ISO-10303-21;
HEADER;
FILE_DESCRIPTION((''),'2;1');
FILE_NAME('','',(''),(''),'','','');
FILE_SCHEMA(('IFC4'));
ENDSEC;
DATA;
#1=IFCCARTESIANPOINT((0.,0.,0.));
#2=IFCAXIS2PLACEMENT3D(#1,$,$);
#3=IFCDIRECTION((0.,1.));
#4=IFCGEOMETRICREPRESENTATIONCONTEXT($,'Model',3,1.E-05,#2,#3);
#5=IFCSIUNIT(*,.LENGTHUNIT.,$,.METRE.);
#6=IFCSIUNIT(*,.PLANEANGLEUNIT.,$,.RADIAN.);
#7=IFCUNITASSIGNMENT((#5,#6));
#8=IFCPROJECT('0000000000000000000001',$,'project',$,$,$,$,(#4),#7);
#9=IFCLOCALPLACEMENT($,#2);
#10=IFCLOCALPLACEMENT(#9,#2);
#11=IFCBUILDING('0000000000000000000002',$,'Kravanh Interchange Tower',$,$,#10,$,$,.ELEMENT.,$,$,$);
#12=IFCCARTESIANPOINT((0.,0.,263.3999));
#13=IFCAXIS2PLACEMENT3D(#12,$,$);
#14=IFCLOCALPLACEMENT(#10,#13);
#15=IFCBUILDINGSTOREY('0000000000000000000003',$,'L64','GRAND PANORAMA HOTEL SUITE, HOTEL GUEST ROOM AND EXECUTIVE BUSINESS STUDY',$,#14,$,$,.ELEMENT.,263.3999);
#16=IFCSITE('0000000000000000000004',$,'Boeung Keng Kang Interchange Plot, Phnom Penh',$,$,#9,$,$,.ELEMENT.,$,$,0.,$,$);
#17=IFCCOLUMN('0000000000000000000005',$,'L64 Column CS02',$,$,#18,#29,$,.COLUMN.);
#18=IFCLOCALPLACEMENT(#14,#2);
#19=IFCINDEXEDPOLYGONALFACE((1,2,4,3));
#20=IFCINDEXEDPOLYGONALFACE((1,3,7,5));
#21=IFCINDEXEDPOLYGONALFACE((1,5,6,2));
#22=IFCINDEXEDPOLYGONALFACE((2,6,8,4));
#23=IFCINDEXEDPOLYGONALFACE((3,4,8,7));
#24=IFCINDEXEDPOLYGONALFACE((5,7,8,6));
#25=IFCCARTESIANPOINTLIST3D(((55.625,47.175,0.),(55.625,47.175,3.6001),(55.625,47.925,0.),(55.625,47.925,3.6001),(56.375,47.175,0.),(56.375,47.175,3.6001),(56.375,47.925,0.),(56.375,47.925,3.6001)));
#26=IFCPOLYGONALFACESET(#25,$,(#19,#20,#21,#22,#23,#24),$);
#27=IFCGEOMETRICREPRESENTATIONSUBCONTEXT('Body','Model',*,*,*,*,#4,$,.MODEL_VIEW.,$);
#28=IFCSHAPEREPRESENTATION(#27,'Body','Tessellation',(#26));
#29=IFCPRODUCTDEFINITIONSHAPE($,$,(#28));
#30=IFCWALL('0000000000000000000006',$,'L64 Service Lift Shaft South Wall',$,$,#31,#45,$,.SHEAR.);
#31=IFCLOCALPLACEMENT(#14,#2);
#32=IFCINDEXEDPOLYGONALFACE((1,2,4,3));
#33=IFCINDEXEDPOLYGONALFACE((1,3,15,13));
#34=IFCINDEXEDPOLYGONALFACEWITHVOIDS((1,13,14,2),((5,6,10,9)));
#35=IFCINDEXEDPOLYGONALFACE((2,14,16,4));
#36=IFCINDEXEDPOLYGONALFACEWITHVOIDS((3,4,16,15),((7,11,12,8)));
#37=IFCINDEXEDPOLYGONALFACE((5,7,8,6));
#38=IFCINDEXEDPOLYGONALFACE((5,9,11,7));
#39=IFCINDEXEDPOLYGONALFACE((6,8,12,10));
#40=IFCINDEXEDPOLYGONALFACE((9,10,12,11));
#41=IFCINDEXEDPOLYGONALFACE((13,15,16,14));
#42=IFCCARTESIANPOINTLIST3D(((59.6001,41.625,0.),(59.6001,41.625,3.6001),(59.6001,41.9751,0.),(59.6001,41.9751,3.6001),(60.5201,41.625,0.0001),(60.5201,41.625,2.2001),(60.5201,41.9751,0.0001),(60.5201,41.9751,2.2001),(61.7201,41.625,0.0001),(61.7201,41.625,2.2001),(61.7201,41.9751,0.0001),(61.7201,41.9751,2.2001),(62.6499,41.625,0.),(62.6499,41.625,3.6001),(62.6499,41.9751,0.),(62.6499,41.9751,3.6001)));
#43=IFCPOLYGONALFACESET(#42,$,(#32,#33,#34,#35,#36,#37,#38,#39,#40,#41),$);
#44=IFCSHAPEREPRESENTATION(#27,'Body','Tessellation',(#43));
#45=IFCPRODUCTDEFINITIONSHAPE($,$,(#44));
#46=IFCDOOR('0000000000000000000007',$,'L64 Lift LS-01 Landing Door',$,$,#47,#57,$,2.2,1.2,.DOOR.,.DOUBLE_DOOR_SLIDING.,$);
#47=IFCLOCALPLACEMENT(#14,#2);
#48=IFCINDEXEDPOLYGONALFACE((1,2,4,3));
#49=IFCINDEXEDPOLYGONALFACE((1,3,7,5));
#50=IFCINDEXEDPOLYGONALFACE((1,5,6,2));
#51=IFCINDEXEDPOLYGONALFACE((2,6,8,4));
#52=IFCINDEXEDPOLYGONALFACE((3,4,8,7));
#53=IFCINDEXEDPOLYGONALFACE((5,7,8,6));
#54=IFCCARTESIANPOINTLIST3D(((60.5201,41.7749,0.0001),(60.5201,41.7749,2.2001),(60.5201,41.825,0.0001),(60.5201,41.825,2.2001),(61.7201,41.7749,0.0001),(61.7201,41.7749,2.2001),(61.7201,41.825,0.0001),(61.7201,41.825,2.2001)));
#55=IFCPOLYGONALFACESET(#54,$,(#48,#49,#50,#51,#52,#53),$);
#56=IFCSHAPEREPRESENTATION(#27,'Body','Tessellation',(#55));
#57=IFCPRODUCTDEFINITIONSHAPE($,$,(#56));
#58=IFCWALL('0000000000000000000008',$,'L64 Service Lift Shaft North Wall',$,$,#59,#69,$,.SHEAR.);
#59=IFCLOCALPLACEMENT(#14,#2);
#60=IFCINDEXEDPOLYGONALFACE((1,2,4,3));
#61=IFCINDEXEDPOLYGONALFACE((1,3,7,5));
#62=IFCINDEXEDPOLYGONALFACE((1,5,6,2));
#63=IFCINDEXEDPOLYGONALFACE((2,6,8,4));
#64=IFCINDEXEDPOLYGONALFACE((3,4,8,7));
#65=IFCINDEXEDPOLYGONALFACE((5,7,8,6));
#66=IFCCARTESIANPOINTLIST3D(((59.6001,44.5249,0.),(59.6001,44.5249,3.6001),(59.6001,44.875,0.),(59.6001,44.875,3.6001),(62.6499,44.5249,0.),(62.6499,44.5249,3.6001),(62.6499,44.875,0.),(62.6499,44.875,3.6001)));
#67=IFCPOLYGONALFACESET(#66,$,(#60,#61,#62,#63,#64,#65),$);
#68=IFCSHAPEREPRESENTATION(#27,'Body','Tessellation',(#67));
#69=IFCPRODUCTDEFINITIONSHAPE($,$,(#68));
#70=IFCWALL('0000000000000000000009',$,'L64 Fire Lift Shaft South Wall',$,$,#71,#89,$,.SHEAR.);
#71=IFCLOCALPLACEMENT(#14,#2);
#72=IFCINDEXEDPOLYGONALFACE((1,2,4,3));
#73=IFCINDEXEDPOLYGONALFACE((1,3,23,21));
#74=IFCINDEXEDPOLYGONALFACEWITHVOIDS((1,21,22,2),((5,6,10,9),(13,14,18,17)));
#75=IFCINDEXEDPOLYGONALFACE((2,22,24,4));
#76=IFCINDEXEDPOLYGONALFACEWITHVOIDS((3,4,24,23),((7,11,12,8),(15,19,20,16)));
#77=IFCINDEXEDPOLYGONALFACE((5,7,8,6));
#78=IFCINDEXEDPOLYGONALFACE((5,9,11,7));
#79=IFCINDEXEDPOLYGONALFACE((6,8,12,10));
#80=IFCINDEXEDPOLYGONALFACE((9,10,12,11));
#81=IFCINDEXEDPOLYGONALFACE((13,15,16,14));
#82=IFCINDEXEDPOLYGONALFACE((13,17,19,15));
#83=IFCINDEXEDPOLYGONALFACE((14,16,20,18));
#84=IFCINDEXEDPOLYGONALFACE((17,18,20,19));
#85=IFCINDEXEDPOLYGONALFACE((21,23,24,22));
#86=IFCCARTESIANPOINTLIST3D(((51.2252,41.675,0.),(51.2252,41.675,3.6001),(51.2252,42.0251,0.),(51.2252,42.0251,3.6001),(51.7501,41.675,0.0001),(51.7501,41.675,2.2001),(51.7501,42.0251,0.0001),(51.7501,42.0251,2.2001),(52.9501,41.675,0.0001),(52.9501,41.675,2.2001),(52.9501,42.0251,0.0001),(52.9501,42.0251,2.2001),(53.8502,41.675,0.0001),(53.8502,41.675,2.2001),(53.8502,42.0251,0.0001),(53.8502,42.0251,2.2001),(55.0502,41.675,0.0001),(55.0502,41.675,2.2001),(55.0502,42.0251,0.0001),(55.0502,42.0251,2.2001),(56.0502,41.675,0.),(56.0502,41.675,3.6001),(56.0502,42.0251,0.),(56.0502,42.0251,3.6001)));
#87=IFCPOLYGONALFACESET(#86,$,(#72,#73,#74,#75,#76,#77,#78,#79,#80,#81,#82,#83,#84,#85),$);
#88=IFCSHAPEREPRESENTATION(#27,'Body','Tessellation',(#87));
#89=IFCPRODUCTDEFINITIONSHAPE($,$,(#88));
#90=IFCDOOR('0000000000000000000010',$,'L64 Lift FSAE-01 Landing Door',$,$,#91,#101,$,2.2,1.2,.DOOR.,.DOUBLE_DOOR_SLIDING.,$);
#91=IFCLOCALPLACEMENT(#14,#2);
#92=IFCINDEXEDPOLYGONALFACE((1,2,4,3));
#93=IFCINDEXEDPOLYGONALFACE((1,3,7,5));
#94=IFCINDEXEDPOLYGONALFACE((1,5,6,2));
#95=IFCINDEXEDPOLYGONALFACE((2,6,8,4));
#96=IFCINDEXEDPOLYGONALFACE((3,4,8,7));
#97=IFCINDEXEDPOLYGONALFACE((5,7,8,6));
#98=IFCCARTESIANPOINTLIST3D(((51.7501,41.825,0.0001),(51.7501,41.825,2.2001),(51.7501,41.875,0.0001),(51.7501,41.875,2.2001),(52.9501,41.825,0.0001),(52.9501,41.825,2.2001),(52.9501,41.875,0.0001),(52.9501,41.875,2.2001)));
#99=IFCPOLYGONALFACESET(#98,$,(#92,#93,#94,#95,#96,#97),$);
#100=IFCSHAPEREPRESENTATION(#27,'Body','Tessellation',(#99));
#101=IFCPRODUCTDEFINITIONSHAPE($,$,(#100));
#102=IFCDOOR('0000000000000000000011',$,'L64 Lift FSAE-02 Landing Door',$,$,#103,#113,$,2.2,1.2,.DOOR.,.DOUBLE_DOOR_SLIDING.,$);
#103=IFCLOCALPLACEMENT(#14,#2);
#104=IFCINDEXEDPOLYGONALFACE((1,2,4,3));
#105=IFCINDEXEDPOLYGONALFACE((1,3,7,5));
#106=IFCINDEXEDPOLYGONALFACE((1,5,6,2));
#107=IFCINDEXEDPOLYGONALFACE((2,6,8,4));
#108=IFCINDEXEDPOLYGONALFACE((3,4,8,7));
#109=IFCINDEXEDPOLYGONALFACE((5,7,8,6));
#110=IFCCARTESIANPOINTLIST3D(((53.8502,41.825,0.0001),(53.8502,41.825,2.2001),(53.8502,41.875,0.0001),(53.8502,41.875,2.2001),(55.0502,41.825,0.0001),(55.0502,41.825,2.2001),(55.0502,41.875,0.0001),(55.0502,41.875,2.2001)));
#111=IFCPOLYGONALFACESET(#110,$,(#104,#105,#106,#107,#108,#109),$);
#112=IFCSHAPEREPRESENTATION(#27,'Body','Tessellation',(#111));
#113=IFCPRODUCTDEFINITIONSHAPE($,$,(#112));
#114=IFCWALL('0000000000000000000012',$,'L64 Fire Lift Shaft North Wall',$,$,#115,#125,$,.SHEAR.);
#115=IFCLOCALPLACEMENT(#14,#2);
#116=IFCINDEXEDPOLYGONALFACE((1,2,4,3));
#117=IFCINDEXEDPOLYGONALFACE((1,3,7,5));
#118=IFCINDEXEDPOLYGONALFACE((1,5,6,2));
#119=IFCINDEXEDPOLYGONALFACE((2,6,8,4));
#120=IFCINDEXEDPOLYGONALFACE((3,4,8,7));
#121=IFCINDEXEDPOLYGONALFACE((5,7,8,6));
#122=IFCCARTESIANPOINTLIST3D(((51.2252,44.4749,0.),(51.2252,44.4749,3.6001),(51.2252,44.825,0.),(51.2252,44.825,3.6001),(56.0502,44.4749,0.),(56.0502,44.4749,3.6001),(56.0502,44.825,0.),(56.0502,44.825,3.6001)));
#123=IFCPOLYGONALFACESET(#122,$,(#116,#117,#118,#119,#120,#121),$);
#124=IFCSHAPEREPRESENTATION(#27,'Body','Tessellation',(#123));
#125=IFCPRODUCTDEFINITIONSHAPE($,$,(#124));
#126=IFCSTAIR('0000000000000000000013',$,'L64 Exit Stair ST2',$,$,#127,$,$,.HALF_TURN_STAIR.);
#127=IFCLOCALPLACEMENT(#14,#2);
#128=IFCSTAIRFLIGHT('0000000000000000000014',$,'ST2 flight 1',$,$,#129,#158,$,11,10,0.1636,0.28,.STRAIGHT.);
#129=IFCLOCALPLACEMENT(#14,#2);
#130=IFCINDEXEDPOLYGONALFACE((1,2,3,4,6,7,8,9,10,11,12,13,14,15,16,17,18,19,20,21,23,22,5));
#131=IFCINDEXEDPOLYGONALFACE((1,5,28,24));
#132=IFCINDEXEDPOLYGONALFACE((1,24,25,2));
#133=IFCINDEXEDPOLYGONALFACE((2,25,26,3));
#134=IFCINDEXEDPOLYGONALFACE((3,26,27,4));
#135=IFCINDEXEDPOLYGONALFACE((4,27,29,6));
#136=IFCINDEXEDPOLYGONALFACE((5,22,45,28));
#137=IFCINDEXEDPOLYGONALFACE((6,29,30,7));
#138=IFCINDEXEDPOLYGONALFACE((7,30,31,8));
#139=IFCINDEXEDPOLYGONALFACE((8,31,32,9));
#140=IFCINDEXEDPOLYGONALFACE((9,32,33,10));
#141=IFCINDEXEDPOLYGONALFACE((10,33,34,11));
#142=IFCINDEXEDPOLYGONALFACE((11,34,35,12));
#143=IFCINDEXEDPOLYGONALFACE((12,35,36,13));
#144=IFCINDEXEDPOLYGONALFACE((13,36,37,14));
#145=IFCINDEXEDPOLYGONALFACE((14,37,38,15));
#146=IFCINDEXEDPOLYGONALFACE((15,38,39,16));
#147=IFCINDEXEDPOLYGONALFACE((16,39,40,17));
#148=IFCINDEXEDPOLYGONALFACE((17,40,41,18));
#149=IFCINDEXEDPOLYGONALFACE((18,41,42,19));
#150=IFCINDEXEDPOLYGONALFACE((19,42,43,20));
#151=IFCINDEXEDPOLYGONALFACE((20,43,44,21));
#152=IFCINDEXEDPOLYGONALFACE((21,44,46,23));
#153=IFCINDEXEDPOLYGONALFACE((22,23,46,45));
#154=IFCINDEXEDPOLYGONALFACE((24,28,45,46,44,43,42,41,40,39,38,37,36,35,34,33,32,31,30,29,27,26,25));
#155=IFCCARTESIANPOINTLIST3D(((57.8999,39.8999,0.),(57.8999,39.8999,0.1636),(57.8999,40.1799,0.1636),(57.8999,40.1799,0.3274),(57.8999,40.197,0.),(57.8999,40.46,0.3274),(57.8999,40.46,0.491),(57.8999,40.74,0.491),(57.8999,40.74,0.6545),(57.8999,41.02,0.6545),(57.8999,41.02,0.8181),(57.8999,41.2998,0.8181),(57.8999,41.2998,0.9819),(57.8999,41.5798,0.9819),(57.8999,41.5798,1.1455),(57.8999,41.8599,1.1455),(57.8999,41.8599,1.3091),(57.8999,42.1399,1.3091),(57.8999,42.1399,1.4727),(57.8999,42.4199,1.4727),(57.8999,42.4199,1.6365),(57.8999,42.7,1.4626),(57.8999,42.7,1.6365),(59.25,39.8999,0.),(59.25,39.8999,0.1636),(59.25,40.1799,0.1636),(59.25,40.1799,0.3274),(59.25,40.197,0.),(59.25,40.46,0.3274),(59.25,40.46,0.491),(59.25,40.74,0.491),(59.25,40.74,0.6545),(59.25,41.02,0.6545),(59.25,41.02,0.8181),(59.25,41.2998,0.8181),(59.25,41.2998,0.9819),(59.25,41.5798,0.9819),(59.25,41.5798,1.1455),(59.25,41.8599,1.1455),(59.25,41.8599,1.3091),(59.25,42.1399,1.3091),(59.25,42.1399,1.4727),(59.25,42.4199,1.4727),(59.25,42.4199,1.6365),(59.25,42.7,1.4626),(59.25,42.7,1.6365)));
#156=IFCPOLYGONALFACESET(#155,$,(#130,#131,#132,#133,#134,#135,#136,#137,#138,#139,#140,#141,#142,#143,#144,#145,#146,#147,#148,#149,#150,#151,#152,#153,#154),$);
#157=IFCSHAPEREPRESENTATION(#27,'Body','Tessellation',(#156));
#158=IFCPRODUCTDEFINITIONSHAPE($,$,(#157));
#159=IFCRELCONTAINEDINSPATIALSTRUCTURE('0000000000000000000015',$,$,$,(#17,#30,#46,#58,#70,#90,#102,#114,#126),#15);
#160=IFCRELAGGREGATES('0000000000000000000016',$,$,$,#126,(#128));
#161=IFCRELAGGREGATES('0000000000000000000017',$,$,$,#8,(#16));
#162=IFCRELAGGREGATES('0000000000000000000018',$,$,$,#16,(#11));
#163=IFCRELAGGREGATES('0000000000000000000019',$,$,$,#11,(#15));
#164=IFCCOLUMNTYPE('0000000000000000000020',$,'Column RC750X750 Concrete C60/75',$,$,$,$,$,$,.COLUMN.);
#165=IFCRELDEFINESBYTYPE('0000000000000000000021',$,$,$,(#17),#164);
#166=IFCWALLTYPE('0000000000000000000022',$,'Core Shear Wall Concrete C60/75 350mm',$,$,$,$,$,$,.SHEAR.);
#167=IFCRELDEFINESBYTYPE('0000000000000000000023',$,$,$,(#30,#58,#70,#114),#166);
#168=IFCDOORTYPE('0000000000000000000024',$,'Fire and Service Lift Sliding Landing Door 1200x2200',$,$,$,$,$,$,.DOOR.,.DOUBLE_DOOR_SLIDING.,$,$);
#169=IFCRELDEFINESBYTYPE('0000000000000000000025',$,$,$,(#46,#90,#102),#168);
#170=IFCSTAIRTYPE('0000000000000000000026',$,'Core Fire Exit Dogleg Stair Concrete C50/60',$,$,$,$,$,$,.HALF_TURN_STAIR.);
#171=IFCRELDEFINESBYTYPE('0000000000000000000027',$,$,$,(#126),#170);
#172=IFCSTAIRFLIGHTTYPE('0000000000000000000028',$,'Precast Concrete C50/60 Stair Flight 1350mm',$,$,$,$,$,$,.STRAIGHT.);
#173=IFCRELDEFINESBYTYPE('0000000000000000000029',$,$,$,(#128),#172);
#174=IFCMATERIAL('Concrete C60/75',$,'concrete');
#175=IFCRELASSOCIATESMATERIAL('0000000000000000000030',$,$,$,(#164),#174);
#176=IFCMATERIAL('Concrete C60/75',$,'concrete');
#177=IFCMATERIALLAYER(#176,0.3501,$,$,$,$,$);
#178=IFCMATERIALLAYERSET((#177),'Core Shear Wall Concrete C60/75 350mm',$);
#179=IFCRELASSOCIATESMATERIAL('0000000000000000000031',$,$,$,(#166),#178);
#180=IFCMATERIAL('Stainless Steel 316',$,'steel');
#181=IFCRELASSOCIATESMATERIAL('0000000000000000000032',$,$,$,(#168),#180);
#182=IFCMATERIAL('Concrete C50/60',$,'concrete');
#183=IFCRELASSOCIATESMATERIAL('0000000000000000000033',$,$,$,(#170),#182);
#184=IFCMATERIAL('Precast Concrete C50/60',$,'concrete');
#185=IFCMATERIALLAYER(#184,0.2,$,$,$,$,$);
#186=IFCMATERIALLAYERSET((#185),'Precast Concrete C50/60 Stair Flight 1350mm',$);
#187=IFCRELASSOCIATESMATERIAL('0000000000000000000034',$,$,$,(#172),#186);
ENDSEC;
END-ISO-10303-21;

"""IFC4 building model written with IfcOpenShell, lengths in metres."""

from ifc_helpers import new_model, si_unit, direction, frame, frame_2d, origin, origin_2d, place, context, subcontext, project, spatial, polyline, rectangle, outline, extrude, material, layer, layer_set, material_profile, profile_set, type_object, element, fill, aggregate, save


model = new_model("IFC4")

# Units and contexts
model_context = context("Model", 3, precision=1e-05, world=origin(), true_north=direction((0.0, 1.0)))
body_context = subcontext(model_context, "Body", "Model", "MODEL_VIEW")
ifc_project = project(units=[si_unit("LENGTHUNIT", "METRE"), si_unit("PLANEANGLEUNIT", "RADIAN")], contexts=[model_context])

# Site, building, storey
site_placement = place(None, origin())
site = spatial("IfcSite", under=ifc_project, at=site_placement, Name="Boeung Keng Kang Interchange Plot, Phnom Penh", CompositionType="ELEMENT", RefElevation=0.0)
building_placement = place(site_placement, origin())
building = spatial("IfcBuilding", under=site, at=building_placement, Name="Kravanh Interchange Tower", CompositionType="ELEMENT")
storey_placement = place(building_placement, frame((0.0, 0.0, 263.3999)))
storey = spatial("IfcBuildingStorey", under=building, at=storey_placement, Name="L64", Description="GRAND PANORAMA HOTEL SUITE, HOTEL GUEST ROOM AND EXECUTIVE BUSINESS STUDY", CompositionType="ELEMENT", Elevation=263.3999)

# Column
ifc_material_1 = material(Name="Concrete C60/75", Category="concrete")
ifc_material_profile = material_profile(ifc_material_1, rectangle(XDim=0.75, YDim=0.75, at=origin_2d()), Name="RC750X750")
ifc_profile_set = profile_set([ifc_material_profile], Name="Concrete C60/75")
column_type = type_object("IfcColumnType", Name="Column RC750X750 Concrete C60/75", PredefinedType="COLUMN", material=ifc_profile_set)
column_placement = place(storey_placement, frame((56.0, 47.55, 0.0), z_axis=(0.0, 0.0, 1.0), x_axis=(1.0, 0.0, 0.0)))
element("IfcColumn", 1, at=column_placement, inside=storey, type_object=column_type, Name="L64 Column CS02", PredefinedType="COLUMN", context=body_context, shape_type="SweptSolid", body=[
    extrude(rectangle(XDim=0.75, YDim=0.75, at=origin_2d()), origin(), (0.0, 0.0, 1.0), 3.6001),
])

# Wall, opening, door
ifc_material_2 = material(Name="Concrete C60/75", Category="concrete")
ifc_layer_1 = layer(ifc_material_2, 0.3501)
ifc_layer_set_1 = layer_set([ifc_layer_1], Name="Core Shear Wall Concrete C60/75 350mm")
wall_type = type_object("IfcWallType", Name="Core Shear Wall Concrete C60/75 350mm", PredefinedType="SHEAR", material=ifc_layer_set_1)
wall_1_placement = place(storey_placement, frame((59.6001, 41.8, 0.0), z_axis=(0.0, 0.0, 1.0), x_axis=(1.0, 0.0, 0.0)))
wall_1 = element("IfcWall", 2, at=wall_1_placement, inside=storey, type_object=wall_type, Name="L64 Service Lift Shaft South Wall", PredefinedType="SHEAR", context=body_context, shape_type="SweptSolid", body=[
    extrude(rectangle(XDim=3.0498, YDim=0.3501, at=frame_2d((1.5249, 0.0))), origin(), (0.0, 0.0, 1.0), 3.6001),
])
opening_1_placement = place(wall_1_placement, frame((0.9199, 0.0, 0.0)))
opening_1 = element("IfcOpeningElement", 3, at=opening_1_placement, cuts=wall_1, PredefinedType="OPENING", context=body_context, shape_type="SweptSolid", body=[
    extrude(rectangle(XDim=1.2, YDim=2.2, at=frame_2d((0.6001, 1.1001))), frame((0.0, 0.1851, 0.0), z_axis=(0.0, -1.0, 0.0), x_axis=(1.0, 0.0, 0.0)), (0.0, 0.0, 1.0), 0.3701),
])
ifc_material_3 = material(Name="Stainless Steel 316", Category="steel")
door_type = type_object("IfcDoorType", Name="Fire and Service Lift Sliding Landing Door 1200x2200", OperationType="DOUBLE_DOOR_SLIDING", PredefinedType="DOOR", material=ifc_material_3)
door_1_placement = place(opening_1_placement, origin())
door_1 = element("IfcDoor", 4, at=door_1_placement, inside=storey, type_object=door_type, Name="L64 Lift LS-01 Landing Door", OperationType="DOUBLE_DOOR_SLIDING", OverallHeight=2.2, OverallWidth=1.2, PredefinedType="DOOR", context=body_context, shape_type="SweptSolid", body=[
    extrude(rectangle(XDim=1.2, YDim=2.2, at=frame_2d((0.6001, 1.1001))), frame((0.0, 0.0249, 0.0), z_axis=(0.0, -1.0, 0.0), x_axis=(1.0, 0.0, 0.0)), (0.0, 0.0, 1.0), 0.05),
])
fill(opening_1, door_1)

# Wall
wall_2_placement = place(storey_placement, frame((59.6001, 44.7, 0.0), z_axis=(0.0, 0.0, 1.0), x_axis=(1.0, 0.0, 0.0)))
element("IfcWall", 5, at=wall_2_placement, inside=storey, type_object=wall_type, Name="L64 Service Lift Shaft North Wall", PredefinedType="SHEAR", context=body_context, shape_type="SweptSolid", body=[
    extrude(rectangle(XDim=3.0498, YDim=0.3501, at=frame_2d((1.5249, 0.0))), origin(), (0.0, 0.0, 1.0), 3.6001),
])

# Wall, openings, doors
wall_3_placement = place(storey_placement, frame((51.2251, 41.8501, 0.0), z_axis=(0.0, 0.0, 1.0), x_axis=(1.0, 0.0, 0.0)))
wall_3 = element("IfcWall", 6, at=wall_3_placement, inside=storey, type_object=wall_type, Name="L64 Fire Lift Shaft South Wall", PredefinedType="SHEAR", context=body_context, shape_type="SweptSolid", body=[
    extrude(rectangle(XDim=4.825, YDim=0.3501, at=frame_2d((2.4126, 0.0))), origin(), (0.0, 0.0, 1.0), 3.6001),
])
opening_2_placement = place(wall_3_placement, frame((0.5249, 0.0, 0.0)))
opening_2 = element("IfcOpeningElement", 7, at=opening_2_placement, cuts=wall_3, PredefinedType="OPENING", context=body_context, shape_type="SweptSolid", body=[
    extrude(rectangle(XDim=1.2, YDim=2.2, at=frame_2d((0.6001, 1.1001))), frame((0.0, 0.1851, 0.0), z_axis=(0.0, -1.0, 0.0), x_axis=(1.0, 0.0, 0.0)), (0.0, 0.0, 1.0), 0.3701),
])
opening_3_placement = place(wall_3_placement, frame((2.625, 0.0, 0.0)))
opening_3 = element("IfcOpeningElement", 8, at=opening_3_placement, cuts=wall_3, PredefinedType="OPENING", context=body_context, shape_type="SweptSolid", body=[
    extrude(rectangle(XDim=1.2, YDim=2.2, at=frame_2d((0.6001, 1.1001))), frame((0.0, 0.1851, 0.0), z_axis=(0.0, -1.0, 0.0), x_axis=(1.0, 0.0, 0.0)), (0.0, 0.0, 1.0), 0.3701),
])
door_2_placement = place(opening_2_placement, origin())
door_2 = element("IfcDoor", 9, at=door_2_placement, inside=storey, type_object=door_type, Name="L64 Lift FSAE-01 Landing Door", OperationType="DOUBLE_DOOR_SLIDING", OverallHeight=2.2, OverallWidth=1.2, PredefinedType="DOOR", context=body_context, shape_type="SweptSolid", body=[
    extrude(rectangle(XDim=1.2, YDim=2.2, at=frame_2d((0.6001, 1.1001))), frame((0.0, 0.0249, 0.0), z_axis=(0.0, -1.0, 0.0), x_axis=(1.0, 0.0, 0.0)), (0.0, 0.0, 1.0), 0.05),
])
fill(opening_2, door_2)
door_3_placement = place(opening_3_placement, origin())
door_3 = element("IfcDoor", 10, at=door_3_placement, inside=storey, type_object=door_type, Name="L64 Lift FSAE-02 Landing Door", OperationType="DOUBLE_DOOR_SLIDING", OverallHeight=2.2, OverallWidth=1.2, PredefinedType="DOOR", context=body_context, shape_type="SweptSolid", body=[
    extrude(rectangle(XDim=1.2, YDim=2.2, at=frame_2d((0.6001, 1.1001))), frame((0.0, 0.0249, 0.0), z_axis=(0.0, -1.0, 0.0), x_axis=(1.0, 0.0, 0.0)), (0.0, 0.0, 1.0), 0.05),
])
fill(opening_3, door_3)

# Wall
wall_4_placement = place(storey_placement, frame((51.2251, 44.6499, 0.0), z_axis=(0.0, 0.0, 1.0), x_axis=(1.0, 0.0, 0.0)))
element("IfcWall", 11, at=wall_4_placement, inside=storey, type_object=wall_type, Name="L64 Fire Lift Shaft North Wall", PredefinedType="SHEAR", context=body_context, shape_type="SweptSolid", body=[
    extrude(rectangle(XDim=4.825, YDim=0.3501, at=frame_2d((2.4126, 0.0))), origin(), (0.0, 0.0, 1.0), 3.6001),
])

# Stair, stair flight
ifc_material_4 = material(Name="Concrete C50/60", Category="concrete")
stair_type = type_object("IfcStairType", Name="Core Fire Exit Dogleg Stair Concrete C50/60", PredefinedType="HALF_TURN_STAIR", material=ifc_material_4)
stair_placement = place(storey_placement, origin())
stair = element("IfcStair", 12, at=stair_placement, inside=storey, type_object=stair_type, Name="L64 Exit Stair ST2", PredefinedType="HALF_TURN_STAIR")
ifc_material_5 = material(Name="Precast Concrete C50/60", Category="concrete")
ifc_layer_2 = layer(ifc_material_5, 0.2)
ifc_layer_set_2 = layer_set([ifc_layer_2], Name="Precast Concrete C50/60 Stair Flight 1350mm")
stair_flight_type = type_object("IfcStairFlightType", Name="Precast Concrete C50/60 Stair Flight 1350mm", PredefinedType="STRAIGHT", material=ifc_layer_set_2)
stair_flight_1_placement = place(storey_placement, frame((58.575, 39.8999, 0.0), z_axis=(0.0, 0.0, 1.0), x_axis=(0.0, 1.0, 0.0)))
stair_flight_1 = element("IfcStairFlight", 13, at=stair_flight_1_placement, type_object=stair_flight_type, Name="ST2 flight 1", NumberOfRisers=11, NumberOfTreads=10, PredefinedType="STRAIGHT", RiserHeight=0.1636, TreadLength=0.28, context=body_context, shape_type="SweptSolid", body=[
    extrude(outline(polyline([(0.0, 0.0), (0.0, 0.1636), (0.28, 0.1636), (0.28, 0.3274), (0.5601, 0.3274), (0.5601, 0.491), (0.8401, 0.491), (0.8401, 0.6545), (1.1201, 0.6545), (1.1201, 0.8181), (1.3999, 0.8181), (1.3999, 0.9819), (1.6799, 0.9819), (1.6799, 1.1455), (1.96, 1.1455), (1.96, 1.3091), (2.24, 1.3091), (2.24, 1.4727), (2.52, 1.4727), (2.52, 1.6365), (2.8, 1.6365), (2.8, 1.8), (2.8, 1.4626), (0.2971, 0.0), (0.0, 0.0)])), frame((0.0, 0.675, 0.0), z_axis=(0.0, -1.0, 0.0), x_axis=(1.0, 0.0, 0.0)), (0.0, 0.0, 1.0), 1.3501),
])
aggregate(stair, [stair_flight_1])

save(model, "model.ifc")
